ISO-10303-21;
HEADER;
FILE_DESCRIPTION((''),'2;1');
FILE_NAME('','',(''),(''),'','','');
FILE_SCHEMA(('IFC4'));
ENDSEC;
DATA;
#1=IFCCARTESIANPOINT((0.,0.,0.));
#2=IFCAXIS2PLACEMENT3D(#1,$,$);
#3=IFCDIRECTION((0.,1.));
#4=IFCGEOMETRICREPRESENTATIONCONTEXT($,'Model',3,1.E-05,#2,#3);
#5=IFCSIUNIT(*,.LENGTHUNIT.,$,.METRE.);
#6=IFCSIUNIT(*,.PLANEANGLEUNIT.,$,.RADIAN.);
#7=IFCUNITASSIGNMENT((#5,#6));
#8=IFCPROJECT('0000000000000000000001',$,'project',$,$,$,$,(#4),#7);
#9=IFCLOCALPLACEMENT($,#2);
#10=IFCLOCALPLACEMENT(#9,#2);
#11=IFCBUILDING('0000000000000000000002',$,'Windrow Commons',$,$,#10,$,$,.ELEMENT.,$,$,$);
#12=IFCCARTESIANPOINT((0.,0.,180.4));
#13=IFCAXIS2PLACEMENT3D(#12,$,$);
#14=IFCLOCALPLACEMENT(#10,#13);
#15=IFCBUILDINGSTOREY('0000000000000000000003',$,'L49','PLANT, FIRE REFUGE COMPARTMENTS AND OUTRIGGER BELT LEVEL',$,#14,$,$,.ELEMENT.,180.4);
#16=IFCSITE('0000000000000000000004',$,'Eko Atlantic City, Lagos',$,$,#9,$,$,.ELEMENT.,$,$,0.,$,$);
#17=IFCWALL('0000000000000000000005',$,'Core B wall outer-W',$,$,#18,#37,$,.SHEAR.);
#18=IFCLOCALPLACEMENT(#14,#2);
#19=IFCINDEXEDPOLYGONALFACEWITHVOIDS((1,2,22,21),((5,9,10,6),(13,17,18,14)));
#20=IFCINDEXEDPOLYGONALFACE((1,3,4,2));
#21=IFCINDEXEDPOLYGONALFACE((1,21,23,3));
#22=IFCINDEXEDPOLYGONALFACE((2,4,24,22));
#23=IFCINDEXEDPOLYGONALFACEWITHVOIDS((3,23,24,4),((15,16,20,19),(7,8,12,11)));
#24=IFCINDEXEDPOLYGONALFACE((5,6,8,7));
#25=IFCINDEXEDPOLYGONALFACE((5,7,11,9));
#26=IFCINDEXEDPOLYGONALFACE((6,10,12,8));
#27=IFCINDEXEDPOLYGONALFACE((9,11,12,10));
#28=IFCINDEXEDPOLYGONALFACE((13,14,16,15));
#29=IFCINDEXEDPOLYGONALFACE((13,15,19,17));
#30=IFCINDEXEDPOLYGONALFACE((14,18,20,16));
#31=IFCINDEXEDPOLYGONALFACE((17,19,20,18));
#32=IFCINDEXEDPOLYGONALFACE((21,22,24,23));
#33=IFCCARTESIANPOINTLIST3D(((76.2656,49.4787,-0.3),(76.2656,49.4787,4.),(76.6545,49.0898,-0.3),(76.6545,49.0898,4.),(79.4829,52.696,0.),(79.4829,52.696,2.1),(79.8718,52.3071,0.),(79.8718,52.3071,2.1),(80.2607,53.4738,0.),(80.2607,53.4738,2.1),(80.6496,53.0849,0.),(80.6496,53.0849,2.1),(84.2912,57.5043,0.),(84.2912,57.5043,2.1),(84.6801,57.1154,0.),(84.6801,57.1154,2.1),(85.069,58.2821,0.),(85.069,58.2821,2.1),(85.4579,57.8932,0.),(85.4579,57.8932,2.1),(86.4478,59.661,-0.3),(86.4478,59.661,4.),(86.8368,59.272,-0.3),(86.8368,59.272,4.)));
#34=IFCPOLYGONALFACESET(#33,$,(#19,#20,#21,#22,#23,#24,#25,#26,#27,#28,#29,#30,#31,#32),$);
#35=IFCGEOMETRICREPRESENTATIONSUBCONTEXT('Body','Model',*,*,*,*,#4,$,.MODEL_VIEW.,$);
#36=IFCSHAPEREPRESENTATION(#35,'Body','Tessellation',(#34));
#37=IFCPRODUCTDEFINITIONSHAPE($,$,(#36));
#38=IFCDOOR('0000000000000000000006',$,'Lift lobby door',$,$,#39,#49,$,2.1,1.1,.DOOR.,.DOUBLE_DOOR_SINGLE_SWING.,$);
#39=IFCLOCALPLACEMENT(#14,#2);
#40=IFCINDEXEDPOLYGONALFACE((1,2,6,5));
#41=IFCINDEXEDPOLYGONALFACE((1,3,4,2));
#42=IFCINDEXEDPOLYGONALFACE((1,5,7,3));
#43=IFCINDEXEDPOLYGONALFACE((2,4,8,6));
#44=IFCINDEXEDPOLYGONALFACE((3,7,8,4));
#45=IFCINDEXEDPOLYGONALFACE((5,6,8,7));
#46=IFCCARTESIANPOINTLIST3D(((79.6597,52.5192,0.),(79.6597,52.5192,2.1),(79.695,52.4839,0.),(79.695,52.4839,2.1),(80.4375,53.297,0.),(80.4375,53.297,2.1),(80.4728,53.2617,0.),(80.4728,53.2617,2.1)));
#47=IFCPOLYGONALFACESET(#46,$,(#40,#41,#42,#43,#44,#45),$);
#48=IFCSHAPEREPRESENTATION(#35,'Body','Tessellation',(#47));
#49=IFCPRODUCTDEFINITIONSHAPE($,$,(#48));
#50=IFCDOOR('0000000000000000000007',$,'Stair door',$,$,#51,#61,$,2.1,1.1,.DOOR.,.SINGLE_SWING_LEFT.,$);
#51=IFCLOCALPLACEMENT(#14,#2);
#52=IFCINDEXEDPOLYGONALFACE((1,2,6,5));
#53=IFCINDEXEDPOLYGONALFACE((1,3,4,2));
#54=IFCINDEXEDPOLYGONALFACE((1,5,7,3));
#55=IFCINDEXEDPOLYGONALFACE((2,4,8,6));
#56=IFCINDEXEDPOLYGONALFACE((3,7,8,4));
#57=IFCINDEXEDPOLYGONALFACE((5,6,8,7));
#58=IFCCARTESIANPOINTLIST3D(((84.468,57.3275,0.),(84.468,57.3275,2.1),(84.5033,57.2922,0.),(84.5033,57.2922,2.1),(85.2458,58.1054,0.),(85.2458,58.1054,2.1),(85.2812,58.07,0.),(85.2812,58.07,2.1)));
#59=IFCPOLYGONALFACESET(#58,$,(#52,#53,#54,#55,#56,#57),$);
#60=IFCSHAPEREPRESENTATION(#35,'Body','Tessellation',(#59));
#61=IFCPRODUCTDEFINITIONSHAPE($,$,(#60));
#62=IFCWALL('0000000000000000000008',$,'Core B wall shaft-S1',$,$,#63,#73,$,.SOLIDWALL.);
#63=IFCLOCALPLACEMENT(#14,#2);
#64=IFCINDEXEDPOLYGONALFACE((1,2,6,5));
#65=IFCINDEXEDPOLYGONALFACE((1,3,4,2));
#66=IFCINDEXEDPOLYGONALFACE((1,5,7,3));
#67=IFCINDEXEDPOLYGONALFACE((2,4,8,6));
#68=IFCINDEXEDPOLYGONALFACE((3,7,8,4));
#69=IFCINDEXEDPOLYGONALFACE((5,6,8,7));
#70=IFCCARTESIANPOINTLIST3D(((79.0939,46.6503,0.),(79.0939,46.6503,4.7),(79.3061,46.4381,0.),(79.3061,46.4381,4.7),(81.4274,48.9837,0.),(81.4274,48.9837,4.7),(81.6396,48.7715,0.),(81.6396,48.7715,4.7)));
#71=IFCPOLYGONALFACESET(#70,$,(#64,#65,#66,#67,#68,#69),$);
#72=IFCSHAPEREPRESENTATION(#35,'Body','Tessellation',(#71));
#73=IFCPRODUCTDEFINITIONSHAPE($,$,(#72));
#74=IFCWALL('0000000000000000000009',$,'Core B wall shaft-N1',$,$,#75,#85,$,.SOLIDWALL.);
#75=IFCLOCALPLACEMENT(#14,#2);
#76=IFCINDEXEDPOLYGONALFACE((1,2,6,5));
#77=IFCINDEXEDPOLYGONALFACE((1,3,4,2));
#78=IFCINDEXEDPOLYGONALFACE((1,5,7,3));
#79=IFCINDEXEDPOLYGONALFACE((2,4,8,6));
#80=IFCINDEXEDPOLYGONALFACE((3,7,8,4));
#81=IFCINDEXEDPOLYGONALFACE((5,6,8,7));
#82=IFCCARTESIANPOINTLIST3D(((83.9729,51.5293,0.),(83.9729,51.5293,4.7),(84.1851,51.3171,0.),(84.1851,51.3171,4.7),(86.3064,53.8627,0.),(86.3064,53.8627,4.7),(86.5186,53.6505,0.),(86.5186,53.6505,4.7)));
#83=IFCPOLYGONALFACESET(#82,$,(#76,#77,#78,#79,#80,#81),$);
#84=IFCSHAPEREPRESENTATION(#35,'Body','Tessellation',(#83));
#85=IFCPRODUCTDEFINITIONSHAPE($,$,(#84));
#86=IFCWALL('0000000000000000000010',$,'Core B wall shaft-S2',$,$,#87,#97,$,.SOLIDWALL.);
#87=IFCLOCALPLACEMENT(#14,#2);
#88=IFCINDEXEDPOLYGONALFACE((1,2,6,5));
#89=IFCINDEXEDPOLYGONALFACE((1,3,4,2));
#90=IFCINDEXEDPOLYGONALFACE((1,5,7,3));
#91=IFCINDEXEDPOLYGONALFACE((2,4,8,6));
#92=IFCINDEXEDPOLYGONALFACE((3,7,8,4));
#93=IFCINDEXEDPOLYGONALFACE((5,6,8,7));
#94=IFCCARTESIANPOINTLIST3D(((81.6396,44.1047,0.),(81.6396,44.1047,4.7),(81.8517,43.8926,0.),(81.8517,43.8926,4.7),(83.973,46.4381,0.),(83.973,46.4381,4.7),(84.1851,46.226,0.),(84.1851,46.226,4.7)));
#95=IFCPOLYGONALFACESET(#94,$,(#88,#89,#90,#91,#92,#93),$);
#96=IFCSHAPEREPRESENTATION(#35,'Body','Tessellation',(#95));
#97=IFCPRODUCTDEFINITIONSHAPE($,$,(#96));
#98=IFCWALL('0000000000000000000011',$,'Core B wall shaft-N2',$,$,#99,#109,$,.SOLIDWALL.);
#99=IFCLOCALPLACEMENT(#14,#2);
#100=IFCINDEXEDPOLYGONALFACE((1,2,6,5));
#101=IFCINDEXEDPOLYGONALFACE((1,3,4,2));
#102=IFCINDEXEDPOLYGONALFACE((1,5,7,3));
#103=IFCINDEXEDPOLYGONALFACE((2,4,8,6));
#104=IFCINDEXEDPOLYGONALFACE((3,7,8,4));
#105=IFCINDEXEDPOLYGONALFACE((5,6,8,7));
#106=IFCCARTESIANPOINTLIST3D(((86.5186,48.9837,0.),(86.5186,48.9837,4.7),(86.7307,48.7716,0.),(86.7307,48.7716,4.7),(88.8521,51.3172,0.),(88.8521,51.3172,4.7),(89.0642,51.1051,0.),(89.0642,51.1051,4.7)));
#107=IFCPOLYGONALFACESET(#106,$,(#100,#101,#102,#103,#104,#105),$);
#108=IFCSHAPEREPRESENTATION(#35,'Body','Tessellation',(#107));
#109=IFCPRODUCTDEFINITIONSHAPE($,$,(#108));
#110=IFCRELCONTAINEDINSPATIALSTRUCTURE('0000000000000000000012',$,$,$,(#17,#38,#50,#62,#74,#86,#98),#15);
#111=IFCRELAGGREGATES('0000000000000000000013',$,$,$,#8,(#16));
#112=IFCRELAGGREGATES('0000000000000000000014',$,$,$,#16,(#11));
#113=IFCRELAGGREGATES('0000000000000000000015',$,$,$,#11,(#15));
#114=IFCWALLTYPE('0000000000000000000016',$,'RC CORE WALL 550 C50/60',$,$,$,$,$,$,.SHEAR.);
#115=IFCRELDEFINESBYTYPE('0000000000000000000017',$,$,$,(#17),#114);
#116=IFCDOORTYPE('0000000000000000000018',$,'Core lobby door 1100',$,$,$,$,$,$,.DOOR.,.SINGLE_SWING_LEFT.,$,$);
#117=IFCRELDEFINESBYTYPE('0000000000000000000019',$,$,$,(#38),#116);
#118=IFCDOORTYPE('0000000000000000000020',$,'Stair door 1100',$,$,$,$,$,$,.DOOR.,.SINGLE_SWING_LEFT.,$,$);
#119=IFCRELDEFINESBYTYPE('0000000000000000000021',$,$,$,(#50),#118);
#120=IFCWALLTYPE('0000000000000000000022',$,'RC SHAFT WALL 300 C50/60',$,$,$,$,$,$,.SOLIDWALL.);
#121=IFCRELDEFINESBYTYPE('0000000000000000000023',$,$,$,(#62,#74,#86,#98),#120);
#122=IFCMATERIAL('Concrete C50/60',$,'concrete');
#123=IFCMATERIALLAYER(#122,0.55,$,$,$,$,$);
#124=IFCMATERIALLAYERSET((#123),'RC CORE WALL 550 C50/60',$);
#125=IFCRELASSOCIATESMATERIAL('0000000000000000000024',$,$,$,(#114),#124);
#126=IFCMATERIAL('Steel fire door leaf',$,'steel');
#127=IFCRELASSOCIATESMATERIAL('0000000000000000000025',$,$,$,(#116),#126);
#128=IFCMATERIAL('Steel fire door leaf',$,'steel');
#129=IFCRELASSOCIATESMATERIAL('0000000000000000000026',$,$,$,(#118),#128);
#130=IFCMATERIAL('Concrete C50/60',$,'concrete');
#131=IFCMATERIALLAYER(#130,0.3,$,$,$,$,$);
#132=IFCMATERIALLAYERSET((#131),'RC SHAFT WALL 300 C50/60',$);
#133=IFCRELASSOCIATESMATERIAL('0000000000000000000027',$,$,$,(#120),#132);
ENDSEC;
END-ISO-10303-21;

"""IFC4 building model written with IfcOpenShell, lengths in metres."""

from ifc_helpers import new_model, si_unit, direction, frame, frame_2d, origin, place, context, subcontext, project, spatial, rectangle, extrude, material, layer, layer_set, type_object, element, fill, save


model = new_model("IFC4")

# Units and contexts
model_context = context("Model", 3, precision=1e-05, world=origin(), true_north=direction((0.0, 1.0)))
body_context = subcontext(model_context, "Body", "Model", "MODEL_VIEW")
ifc_project = project(units=[si_unit("LENGTHUNIT", "METRE"), si_unit("PLANEANGLEUNIT", "RADIAN")], contexts=[model_context])

# Site, building, storey
site_placement = place(None, origin())
site = spatial("IfcSite", under=ifc_project, at=site_placement, Name="Eko Atlantic City, Lagos", CompositionType="ELEMENT", RefElevation=0.0)
building_placement = place(site_placement, origin())
building = spatial("IfcBuilding", under=site, at=building_placement, Name="Windrow Commons", CompositionType="ELEMENT")
storey_placement = place(building_placement, frame((0.0, 0.0, 180.4)))
storey = spatial("IfcBuildingStorey", under=building, at=storey_placement, Name="L49", Description="PLANT, FIRE REFUGE COMPARTMENTS AND OUTRIGGER BELT LEVEL", CompositionType="ELEMENT", Elevation=180.4)

# Wall, openings, doors
ifc_material_1 = material(Name="Concrete C50/60", Category="concrete")
ifc_layer_1 = layer(ifc_material_1, 0.55)
ifc_layer_set_1 = layer_set([ifc_layer_1], Name="RC CORE WALL 550 C50/60")
wall_type_1 = type_object("IfcWallType", Name="RC CORE WALL 550 C50/60", PredefinedType="SHEAR", material=ifc_layer_set_1)
wall_1_placement = place(storey_placement, frame((76.46, 49.2842, -0.3), z_axis=(0.0, 0.0, 1.0), x_axis=(0.707107, 0.707107, 0.0)))
wall_1 = element("IfcWall", 1, at=wall_1_placement, inside=storey, type_object=wall_type_1, Name="Core B wall outer-W", PredefinedType="SHEAR", context=body_context, shape_type="SweptSolid", body=[
    extrude(rectangle(XDim=14.3999, YDim=0.55, at=frame_2d((7.2, 0.0))), origin(), (0.0, 0.0, 1.0), 4.3),
])
opening_1_placement = place(wall_1_placement, frame((4.55, 0.0, 0.3)))
opening_1 = element("IfcOpeningElement", 2, at=opening_1_placement, cuts=wall_1, PredefinedType="OPENING", context=body_context, shape_type="SweptSolid", body=[
    extrude(rectangle(XDim=1.1, YDim=2.1, at=frame_2d((0.55, 1.05))), frame((0.0, 0.285, 0.0), z_axis=(0.0, -1.0, 0.0), x_axis=(1.0, 0.0, 0.0)), (0.0, 0.0, 1.0), 0.57),
])
opening_2_placement = place(wall_1_placement, frame((11.35, 0.0, 0.3)))
opening_2 = element("IfcOpeningElement", 3, at=opening_2_placement, cuts=wall_1, PredefinedType="OPENING", context=body_context, shape_type="SweptSolid", body=[
    extrude(rectangle(XDim=1.1, YDim=2.1, at=frame_2d((0.55, 1.05))), frame((0.0, 0.285, 0.0), z_axis=(0.0, -1.0, 0.0), x_axis=(1.0, 0.0, 0.0)), (0.0, 0.0, 1.0), 0.57),
])
ifc_material_2 = material(Name="Steel fire door leaf", Category="steel")
door_type_1 = type_object("IfcDoorType", Name="Core lobby door 1100", OperationType="SINGLE_SWING_LEFT", PredefinedType="DOOR", material=ifc_material_2)
door_1_placement = place(opening_1_placement, origin())
door_1 = element("IfcDoor", 4, at=door_1_placement, inside=storey, type_object=door_type_1, Name="Lift lobby door", OperationType="DOUBLE_DOOR_SINGLE_SWING", OverallHeight=2.1, OverallWidth=1.1, PredefinedType="DOOR", context=body_context, shape_type="SweptSolid", body=[
    extrude(rectangle(XDim=1.1, YDim=2.1, at=frame_2d((0.55, 1.05))), frame((0.0, 0.025, 0.0), z_axis=(0.0, -1.0, 0.0), x_axis=(1.0, 0.0, 0.0)), (0.0, 0.0, 1.0), 0.05),
])
fill(opening_1, door_1)
ifc_material_3 = material(Name="Steel fire door leaf", Category="steel")
door_type_2 = type_object("IfcDoorType", Name="Stair door 1100", OperationType="SINGLE_SWING_LEFT", PredefinedType="DOOR", material=ifc_material_3)
door_2_placement = place(opening_2_placement, origin())
door_2 = element("IfcDoor", 5, at=door_2_placement, inside=storey, type_object=door_type_2, Name="Stair door", OperationType="SINGLE_SWING_LEFT", OverallHeight=2.1, OverallWidth=1.1, PredefinedType="DOOR", context=body_context, shape_type="SweptSolid", body=[
    extrude(rectangle(XDim=1.1, YDim=2.1, at=frame_2d((0.55, 1.05))), frame((0.0, 0.025, 0.0), z_axis=(0.0, -1.0, 0.0), x_axis=(1.0, 0.0, 0.0)), (0.0, 0.0, 1.0), 0.05),
])
fill(opening_2, door_2)

# Walls
ifc_material_4 = material(Name="Concrete C50/60", Category="concrete")
ifc_layer_2 = layer(ifc_material_4, 0.3)
ifc_layer_set_2 = layer_set([ifc_layer_2], Name="RC SHAFT WALL 300 C50/60")
wall_type_2 = type_object("IfcWallType", Name="RC SHAFT WALL 300 C50/60", PredefinedType="SOLIDWALL", material=ifc_layer_set_2)
for number, where, z_axis, x_axis, name in (
    (6, (79.2, 46.5442, 0.0), (0.0, 0.0, 1.0), (0.707122, 0.707092, 0.0), "Core B wall shaft-S1"),
    (7, (84.079, 51.4232, 0.0), (0.0, 0.0, 1.0), (0.707122, 0.707092, 0.0), "Core B wall shaft-N1"),
):
    element("IfcWall", number, at=place(storey_placement, frame(where, z_axis=z_axis, x_axis=x_axis)), inside=storey, type_object=wall_type_2, Name=name, PredefinedType="SOLIDWALL", context=body_context, shape_type="SweptSolid", body=[
        extrude(rectangle(XDim=3.3, YDim=0.3, at=frame_2d((1.65, 0.0))), origin(), (0.0, 0.0, 1.0), 4.7),
    ])
wall_2_placement = place(storey_placement, frame((81.7456, 43.9986, 0.0), z_axis=(0.0, 0.0, 1.0), x_axis=(0.707107, 0.707107, 0.0)))
element("IfcWall", 8, at=wall_2_placement, inside=storey, type_object=wall_type_2, Name="Core B wall shaft-S2", PredefinedType="SOLIDWALL", context=body_context, shape_type="SweptSolid", body=[
    extrude(rectangle(XDim=3.2999, YDim=0.3, at=frame_2d((1.65, 0.0))), origin(), (0.0, 0.0, 1.0), 4.7),
])
wall_3_placement = place(storey_placement, frame((86.6246, 48.8776, 0.0), z_axis=(0.0, 0.0, 1.0), x_axis=(0.707107, 0.707107, 0.0)))
element("IfcWall", 9, at=wall_3_placement, inside=storey, type_object=wall_type_2, Name="Core B wall shaft-N2", PredefinedType="SOLIDWALL", context=body_context, shape_type="SweptSolid", body=[
    extrude(rectangle(XDim=3.3001, YDim=0.3, at=frame_2d((1.6501, 0.0))), origin(), (0.0, 0.0, 1.0), 4.7),
])

save(model, "model.ifc")
